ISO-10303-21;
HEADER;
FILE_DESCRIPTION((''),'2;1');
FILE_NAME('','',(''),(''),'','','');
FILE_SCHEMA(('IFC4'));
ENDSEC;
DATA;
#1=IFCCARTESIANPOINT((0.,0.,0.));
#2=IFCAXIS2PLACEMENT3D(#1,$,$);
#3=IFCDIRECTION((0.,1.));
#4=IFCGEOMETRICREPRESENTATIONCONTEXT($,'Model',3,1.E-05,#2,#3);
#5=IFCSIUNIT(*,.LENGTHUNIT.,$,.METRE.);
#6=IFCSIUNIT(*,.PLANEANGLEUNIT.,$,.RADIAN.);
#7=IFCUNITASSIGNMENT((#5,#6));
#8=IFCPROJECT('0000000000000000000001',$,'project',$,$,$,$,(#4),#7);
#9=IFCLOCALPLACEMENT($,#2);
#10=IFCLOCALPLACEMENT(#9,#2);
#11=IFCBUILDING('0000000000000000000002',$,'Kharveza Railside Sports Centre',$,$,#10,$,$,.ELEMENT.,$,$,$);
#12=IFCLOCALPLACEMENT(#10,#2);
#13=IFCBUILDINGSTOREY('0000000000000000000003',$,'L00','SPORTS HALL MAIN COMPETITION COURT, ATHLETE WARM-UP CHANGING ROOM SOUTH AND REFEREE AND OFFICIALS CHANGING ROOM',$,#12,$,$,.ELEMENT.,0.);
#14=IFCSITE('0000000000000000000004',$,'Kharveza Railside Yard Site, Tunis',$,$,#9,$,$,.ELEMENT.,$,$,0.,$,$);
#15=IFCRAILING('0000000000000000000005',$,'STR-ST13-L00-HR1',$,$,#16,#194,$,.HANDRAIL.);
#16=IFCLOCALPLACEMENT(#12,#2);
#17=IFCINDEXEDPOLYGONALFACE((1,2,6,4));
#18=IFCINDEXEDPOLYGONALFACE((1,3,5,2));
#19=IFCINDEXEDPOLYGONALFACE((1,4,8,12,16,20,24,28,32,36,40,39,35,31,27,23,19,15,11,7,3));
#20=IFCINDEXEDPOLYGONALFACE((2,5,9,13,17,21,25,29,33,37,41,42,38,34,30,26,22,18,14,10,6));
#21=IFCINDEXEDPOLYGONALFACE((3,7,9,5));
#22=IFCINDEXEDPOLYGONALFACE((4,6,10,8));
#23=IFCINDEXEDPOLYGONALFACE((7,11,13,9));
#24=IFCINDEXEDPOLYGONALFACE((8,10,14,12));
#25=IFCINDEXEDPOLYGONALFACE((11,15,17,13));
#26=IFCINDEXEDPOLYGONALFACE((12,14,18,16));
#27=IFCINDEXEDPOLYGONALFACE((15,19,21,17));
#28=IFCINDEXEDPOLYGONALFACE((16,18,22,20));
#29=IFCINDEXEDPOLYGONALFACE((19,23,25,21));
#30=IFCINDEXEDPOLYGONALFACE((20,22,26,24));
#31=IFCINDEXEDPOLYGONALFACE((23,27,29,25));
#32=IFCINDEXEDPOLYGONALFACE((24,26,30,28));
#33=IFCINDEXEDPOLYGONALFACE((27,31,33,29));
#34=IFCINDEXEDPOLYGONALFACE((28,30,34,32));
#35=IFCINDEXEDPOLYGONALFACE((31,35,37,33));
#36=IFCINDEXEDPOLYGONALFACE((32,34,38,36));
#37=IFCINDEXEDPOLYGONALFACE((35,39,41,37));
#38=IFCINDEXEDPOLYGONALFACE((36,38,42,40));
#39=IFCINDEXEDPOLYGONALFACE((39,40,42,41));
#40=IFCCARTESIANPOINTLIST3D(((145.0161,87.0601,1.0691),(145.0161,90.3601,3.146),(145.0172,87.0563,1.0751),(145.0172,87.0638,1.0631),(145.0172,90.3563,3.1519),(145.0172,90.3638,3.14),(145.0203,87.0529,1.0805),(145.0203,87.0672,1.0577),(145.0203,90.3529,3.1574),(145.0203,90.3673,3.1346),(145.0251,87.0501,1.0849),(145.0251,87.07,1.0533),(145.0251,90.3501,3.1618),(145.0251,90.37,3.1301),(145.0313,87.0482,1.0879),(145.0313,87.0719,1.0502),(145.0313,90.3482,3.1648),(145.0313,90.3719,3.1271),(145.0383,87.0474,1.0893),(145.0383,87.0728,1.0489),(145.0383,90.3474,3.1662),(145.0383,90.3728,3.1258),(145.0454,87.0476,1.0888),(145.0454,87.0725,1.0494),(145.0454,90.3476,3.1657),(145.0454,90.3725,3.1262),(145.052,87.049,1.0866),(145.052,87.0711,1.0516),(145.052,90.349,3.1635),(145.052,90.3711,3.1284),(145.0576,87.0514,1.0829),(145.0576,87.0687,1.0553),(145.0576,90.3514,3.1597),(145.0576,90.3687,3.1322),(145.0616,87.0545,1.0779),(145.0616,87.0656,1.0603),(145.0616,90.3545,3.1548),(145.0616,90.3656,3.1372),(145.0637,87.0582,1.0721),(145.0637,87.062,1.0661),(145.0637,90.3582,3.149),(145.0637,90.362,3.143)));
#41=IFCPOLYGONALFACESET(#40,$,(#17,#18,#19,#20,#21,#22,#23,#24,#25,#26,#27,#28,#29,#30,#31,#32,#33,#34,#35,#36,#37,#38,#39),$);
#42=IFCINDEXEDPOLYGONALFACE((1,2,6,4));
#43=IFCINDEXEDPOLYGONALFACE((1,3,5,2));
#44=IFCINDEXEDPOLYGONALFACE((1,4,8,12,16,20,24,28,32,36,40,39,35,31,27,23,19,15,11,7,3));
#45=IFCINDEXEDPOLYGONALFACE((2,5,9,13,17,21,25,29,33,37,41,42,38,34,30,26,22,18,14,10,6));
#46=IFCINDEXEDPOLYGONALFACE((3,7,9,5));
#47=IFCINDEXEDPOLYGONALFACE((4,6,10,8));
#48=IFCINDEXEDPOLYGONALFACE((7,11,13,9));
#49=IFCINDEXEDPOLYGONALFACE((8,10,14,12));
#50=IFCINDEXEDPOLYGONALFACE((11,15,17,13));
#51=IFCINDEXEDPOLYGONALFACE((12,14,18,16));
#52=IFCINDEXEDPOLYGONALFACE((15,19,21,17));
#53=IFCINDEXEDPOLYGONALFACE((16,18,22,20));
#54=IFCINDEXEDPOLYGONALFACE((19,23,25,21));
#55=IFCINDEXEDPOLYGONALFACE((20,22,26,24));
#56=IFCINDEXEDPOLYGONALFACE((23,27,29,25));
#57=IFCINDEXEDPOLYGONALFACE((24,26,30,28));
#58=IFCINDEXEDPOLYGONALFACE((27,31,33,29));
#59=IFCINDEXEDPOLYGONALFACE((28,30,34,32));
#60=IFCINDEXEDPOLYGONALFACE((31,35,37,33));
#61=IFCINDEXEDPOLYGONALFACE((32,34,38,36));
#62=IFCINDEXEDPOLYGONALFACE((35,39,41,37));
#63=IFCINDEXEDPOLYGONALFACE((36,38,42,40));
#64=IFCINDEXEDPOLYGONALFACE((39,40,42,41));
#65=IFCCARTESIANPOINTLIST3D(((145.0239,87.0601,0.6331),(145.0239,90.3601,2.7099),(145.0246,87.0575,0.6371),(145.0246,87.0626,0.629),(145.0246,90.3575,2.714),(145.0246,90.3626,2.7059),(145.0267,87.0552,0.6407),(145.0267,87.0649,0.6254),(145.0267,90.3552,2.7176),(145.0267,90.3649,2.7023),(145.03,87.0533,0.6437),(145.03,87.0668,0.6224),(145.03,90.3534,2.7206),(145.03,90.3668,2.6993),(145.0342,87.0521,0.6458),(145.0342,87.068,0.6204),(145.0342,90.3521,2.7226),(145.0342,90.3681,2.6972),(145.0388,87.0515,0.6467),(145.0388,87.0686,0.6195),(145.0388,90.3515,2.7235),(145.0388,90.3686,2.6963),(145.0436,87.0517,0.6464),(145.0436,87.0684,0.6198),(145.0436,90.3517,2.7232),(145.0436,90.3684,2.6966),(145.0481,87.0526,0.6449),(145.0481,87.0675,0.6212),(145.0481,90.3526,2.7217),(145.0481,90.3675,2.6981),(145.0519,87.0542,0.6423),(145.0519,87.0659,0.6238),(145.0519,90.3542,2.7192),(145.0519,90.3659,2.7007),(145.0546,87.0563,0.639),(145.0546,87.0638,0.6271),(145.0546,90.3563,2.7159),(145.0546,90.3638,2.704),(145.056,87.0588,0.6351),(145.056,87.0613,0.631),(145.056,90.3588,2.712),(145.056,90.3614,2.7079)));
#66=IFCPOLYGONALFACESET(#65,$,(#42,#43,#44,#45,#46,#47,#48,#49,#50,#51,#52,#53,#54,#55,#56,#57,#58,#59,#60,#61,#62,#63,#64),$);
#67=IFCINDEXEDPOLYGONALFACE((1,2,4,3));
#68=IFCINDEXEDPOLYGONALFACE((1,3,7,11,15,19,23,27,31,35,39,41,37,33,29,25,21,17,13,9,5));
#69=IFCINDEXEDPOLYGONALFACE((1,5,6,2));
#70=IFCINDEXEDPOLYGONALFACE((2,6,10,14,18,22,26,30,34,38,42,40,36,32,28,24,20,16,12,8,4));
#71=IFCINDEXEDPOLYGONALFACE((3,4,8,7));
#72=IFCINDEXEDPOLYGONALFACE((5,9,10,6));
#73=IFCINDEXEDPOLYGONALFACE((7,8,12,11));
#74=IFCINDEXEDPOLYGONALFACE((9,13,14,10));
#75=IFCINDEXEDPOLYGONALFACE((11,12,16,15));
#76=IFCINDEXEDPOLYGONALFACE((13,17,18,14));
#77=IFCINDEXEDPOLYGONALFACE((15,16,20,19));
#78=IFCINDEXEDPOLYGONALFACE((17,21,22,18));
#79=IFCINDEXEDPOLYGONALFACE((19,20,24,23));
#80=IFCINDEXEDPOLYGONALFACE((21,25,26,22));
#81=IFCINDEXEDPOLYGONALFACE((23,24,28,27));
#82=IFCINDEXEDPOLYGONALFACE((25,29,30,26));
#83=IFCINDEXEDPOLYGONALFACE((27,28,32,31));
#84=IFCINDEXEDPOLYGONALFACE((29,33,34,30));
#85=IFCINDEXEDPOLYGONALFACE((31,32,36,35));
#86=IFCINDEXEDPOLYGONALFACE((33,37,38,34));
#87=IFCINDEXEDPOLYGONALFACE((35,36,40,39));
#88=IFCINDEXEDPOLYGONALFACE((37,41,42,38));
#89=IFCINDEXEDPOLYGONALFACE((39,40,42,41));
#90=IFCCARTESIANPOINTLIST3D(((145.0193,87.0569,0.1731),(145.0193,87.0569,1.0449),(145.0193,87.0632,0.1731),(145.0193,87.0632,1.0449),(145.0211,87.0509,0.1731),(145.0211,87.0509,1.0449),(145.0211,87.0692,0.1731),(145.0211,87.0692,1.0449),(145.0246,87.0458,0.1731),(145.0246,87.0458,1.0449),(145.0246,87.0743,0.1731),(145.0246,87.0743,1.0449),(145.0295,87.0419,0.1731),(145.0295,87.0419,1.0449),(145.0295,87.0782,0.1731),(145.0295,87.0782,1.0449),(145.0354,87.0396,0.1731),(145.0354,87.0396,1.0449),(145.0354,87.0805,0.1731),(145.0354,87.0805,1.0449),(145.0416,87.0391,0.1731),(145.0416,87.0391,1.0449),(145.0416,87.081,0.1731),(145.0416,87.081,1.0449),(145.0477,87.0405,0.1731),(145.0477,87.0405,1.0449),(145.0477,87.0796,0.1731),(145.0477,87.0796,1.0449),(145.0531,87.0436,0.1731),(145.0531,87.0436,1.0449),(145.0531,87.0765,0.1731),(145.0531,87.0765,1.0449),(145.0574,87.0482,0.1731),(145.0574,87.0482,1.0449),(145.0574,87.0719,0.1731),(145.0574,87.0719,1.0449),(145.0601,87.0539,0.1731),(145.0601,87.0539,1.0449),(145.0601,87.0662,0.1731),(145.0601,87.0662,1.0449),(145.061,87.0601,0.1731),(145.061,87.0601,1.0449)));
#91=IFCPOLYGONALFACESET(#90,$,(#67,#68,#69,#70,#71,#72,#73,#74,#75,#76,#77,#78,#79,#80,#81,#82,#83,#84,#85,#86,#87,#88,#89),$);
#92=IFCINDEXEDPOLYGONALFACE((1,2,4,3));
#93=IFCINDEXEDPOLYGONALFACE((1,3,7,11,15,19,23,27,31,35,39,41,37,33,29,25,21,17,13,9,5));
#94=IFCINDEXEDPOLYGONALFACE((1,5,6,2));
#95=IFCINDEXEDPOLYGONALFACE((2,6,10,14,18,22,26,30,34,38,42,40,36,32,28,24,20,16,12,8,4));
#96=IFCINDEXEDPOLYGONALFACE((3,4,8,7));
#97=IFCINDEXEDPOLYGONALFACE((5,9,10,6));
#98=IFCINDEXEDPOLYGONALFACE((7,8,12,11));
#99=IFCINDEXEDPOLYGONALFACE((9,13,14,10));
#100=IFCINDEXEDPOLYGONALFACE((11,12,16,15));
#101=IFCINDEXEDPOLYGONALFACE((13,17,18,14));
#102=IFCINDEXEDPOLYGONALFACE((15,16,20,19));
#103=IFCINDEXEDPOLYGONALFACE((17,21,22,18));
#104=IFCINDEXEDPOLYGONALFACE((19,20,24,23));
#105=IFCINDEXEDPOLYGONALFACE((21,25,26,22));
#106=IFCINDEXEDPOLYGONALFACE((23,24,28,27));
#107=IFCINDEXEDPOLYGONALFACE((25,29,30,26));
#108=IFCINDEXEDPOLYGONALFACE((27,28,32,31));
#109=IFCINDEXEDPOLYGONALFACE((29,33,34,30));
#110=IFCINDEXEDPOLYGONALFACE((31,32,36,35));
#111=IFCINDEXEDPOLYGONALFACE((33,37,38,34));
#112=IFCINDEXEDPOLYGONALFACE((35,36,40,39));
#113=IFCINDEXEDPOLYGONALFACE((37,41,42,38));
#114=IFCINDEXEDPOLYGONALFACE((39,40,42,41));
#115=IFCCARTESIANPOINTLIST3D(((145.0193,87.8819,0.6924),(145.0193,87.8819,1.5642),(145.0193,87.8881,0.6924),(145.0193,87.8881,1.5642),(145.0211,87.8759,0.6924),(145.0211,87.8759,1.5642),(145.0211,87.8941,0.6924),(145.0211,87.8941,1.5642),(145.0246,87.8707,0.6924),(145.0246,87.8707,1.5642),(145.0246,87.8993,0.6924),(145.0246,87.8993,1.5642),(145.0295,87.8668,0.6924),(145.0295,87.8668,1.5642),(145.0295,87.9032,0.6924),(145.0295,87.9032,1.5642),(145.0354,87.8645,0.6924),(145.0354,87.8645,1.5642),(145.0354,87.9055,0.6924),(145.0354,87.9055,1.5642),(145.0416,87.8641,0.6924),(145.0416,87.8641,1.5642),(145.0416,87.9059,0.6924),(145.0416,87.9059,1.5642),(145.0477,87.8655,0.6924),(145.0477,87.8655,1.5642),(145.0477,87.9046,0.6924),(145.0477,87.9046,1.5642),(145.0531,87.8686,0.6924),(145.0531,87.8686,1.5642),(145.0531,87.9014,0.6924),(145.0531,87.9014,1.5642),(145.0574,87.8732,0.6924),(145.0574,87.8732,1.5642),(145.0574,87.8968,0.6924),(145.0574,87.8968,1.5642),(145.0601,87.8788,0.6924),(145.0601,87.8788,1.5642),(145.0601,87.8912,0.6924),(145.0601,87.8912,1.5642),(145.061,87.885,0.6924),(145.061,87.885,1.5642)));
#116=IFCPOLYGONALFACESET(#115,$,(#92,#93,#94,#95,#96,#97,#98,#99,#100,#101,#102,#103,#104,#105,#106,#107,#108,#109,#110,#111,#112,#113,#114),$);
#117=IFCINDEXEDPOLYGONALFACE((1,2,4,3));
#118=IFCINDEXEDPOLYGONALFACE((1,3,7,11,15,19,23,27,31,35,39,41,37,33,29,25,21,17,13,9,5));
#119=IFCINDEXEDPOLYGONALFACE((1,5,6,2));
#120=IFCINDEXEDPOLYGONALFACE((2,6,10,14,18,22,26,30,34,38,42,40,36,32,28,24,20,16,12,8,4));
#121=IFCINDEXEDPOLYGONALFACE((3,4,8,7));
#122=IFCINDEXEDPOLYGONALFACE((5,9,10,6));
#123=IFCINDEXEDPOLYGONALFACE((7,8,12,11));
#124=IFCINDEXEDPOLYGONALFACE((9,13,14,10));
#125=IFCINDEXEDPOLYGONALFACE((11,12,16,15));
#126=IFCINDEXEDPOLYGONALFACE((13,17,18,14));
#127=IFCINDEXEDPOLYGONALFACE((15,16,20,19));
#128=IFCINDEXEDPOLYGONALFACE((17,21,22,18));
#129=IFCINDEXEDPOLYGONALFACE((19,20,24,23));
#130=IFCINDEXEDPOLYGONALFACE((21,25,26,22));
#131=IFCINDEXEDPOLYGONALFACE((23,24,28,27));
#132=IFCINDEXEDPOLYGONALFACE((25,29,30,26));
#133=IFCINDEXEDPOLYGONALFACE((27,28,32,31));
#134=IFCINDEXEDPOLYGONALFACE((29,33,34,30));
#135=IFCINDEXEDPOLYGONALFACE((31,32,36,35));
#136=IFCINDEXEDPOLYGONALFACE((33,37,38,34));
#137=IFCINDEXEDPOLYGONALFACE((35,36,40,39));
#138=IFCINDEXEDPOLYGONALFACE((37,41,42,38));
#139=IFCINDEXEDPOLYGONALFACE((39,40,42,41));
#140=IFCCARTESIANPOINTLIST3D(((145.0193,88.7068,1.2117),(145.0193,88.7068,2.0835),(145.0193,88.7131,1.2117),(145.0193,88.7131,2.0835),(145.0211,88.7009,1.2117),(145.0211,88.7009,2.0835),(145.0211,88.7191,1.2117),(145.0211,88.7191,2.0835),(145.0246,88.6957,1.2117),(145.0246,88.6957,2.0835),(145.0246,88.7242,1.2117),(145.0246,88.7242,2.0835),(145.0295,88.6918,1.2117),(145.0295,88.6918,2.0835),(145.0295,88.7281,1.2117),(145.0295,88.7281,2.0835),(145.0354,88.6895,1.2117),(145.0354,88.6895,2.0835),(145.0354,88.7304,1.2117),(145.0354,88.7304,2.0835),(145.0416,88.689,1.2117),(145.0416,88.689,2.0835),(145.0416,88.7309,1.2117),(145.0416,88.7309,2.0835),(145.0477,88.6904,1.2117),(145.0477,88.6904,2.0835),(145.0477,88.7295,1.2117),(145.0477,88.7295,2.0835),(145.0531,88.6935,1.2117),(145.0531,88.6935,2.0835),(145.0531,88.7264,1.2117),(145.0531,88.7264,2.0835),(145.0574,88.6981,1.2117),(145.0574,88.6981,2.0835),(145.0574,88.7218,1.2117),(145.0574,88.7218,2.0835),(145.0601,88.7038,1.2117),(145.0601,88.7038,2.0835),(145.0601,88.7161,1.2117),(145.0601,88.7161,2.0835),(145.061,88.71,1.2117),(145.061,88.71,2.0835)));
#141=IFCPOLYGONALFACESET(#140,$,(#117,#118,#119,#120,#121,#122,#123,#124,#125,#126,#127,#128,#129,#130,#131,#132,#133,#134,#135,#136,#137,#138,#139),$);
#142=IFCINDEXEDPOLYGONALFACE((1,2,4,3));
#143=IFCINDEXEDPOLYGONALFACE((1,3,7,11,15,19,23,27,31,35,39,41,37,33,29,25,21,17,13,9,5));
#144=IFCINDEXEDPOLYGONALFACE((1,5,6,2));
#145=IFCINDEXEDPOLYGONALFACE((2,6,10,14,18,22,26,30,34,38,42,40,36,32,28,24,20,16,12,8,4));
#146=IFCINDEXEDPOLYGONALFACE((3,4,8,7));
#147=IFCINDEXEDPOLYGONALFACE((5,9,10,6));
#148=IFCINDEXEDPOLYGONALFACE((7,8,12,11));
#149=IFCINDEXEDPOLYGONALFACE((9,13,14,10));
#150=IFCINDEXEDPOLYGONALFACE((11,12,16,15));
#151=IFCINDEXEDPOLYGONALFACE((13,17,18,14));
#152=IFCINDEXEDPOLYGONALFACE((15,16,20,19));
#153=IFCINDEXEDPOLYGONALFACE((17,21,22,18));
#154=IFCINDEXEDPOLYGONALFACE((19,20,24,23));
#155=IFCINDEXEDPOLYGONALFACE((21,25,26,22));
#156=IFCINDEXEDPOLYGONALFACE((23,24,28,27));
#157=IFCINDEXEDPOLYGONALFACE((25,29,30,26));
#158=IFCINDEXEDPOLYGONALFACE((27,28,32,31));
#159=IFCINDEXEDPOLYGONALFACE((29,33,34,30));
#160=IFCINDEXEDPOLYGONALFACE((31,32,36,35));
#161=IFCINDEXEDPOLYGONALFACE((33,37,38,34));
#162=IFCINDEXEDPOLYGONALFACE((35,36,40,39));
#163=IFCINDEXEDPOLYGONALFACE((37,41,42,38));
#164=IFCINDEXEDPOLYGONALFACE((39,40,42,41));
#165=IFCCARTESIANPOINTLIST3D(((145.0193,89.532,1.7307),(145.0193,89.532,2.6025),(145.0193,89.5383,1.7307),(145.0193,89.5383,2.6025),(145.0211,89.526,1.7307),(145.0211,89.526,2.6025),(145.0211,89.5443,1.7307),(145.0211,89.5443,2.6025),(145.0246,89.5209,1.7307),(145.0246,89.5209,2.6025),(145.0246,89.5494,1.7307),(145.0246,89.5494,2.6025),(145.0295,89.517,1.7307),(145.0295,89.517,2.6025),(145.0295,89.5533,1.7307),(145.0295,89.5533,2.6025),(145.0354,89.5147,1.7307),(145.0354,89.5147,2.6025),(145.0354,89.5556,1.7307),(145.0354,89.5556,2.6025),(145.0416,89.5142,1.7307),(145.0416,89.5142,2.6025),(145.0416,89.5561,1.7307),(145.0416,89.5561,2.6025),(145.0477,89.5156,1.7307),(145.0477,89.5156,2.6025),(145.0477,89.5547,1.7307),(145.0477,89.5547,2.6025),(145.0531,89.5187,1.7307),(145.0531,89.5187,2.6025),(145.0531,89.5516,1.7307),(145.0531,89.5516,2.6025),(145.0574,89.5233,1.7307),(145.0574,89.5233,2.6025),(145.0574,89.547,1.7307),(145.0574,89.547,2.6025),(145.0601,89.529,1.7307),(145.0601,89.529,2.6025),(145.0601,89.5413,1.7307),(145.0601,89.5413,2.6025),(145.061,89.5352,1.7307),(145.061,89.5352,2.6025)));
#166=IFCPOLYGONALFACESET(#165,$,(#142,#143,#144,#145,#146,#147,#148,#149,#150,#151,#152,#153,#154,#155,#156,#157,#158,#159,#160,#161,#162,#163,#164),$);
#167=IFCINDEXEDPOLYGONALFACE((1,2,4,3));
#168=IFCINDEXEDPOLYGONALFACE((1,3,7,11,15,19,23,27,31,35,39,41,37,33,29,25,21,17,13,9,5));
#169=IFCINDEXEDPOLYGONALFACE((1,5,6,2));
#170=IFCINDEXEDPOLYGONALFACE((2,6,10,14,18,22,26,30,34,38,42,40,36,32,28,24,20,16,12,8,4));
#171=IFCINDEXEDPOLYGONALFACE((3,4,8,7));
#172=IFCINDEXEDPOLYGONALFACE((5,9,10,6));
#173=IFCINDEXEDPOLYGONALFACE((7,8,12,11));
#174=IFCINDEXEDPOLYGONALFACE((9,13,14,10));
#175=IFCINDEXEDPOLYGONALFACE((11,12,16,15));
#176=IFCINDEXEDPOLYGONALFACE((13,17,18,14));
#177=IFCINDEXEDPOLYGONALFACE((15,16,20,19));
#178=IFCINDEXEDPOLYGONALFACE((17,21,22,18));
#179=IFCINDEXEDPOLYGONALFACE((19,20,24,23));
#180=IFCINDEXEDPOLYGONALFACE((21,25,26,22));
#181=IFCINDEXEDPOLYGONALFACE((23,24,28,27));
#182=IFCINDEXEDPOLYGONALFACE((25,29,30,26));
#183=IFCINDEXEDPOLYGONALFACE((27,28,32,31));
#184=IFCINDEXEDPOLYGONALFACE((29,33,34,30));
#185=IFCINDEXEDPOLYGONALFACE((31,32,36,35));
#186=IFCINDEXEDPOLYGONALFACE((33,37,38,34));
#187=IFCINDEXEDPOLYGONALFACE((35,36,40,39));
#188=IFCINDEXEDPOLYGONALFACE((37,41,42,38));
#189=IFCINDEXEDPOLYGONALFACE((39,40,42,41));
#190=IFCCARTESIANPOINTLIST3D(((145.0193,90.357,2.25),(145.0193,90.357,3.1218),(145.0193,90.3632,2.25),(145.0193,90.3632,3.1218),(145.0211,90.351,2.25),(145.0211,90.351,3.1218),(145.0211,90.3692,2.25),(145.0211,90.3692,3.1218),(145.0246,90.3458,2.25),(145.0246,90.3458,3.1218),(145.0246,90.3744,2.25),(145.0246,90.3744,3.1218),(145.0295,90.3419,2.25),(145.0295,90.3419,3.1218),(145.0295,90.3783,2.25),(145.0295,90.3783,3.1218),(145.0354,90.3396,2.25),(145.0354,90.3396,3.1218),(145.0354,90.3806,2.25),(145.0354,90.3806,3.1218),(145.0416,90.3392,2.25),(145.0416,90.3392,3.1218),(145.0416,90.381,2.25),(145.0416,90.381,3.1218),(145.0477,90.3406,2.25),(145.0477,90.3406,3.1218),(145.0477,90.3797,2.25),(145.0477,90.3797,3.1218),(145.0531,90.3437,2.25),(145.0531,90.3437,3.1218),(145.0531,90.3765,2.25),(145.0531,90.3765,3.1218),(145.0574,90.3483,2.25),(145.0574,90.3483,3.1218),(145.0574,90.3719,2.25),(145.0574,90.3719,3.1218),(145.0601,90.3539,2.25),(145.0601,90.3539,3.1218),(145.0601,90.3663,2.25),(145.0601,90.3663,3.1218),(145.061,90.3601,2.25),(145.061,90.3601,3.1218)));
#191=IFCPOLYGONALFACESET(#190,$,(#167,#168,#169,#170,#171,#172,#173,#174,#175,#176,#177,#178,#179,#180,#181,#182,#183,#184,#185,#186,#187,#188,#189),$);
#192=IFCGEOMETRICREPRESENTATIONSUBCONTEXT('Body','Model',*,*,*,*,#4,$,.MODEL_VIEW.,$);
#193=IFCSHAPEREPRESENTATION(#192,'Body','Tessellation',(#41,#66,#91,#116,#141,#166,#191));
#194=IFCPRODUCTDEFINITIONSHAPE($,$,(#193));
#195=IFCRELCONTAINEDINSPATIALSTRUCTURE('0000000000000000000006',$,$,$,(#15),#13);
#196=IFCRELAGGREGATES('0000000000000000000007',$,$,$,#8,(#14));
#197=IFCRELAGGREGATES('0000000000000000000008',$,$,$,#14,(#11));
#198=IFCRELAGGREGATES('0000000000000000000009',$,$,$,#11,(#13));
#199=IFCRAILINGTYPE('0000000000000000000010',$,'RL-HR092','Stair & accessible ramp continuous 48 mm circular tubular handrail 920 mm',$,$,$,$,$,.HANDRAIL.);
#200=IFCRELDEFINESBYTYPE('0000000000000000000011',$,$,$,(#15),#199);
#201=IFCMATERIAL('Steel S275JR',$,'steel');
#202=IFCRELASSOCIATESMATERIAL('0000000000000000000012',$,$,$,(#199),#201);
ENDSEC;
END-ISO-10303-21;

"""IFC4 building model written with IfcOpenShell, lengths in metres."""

from ifc_helpers import new_model, si_unit, direction, frame, origin, origin_2d, place, context, subcontext, project, spatial, circle, extrude, material, type_object, element, save


model = new_model("IFC4")

# Units and contexts
model_context = context("Model", 3, precision=1e-05, world=origin(), true_north=direction((0.0, 1.0)))
body_context = subcontext(model_context, "Body", "Model", "MODEL_VIEW")
ifc_project = project(units=[si_unit("LENGTHUNIT", "METRE"), si_unit("PLANEANGLEUNIT", "RADIAN")], contexts=[model_context])

# Site, building, storey
site_placement = place(None, origin())
site = spatial("IfcSite", under=ifc_project, at=site_placement, Name="Kharveza Railside Yard Site, Tunis", CompositionType="ELEMENT", RefElevation=0.0)
building_placement = place(site_placement, origin())
building = spatial("IfcBuilding", under=site, at=building_placement, Name="Kharveza Railside Sports Centre", CompositionType="ELEMENT")
storey_placement = place(building_placement, origin())
storey = spatial("IfcBuildingStorey", under=building, at=storey_placement, Name="L00", Description="SPORTS HALL MAIN COMPETITION COURT, ATHLETE WARM-UP CHANGING ROOM SOUTH AND REFEREE AND OFFICIALS CHANGING ROOM", CompositionType="ELEMENT", Elevation=0.0)

# Railing
ifc_material_1 = material(Name="Steel S275JR", Category="steel")
railing_type_1 = type_object("IfcRailingType", Name="RL-HR092", Description="Stair & accessible ramp continuous 48 mm circular tubular handrail 920 mm", PredefinedType="HANDRAIL", material=ifc_material_1)
railing_1_placement = place(storey_placement, frame((145.04, 87.0601, 0.1731)))
element("IfcRailing", 1, at=railing_1_placement, inside=storey, type_object=railing_type_1, Name="STR-ST13-L00-HR1", PredefinedType="HANDRAIL", context=body_context, shape_type="SweptSolid", body=[
    extrude(circle(Radius=0.0239, at=origin_2d()), frame((0.0, 0.0, 0.896), z_axis=(0.0, 0.846337, 0.532647), x_axis=(-1.0, 0.0, 0.0)), (0.0, 0.0, 1.0), 3.8992),
    extrude(circle(Radius=0.0161, at=origin_2d()), frame((0.0, 0.0, 0.46), z_axis=(0.0, 0.846337, 0.532647), x_axis=(-1.0, 0.0, 0.0)), (0.0, 0.0, 1.0), 3.8992),
    extrude(circle(Radius=0.021, at=origin_2d()), origin(), (0.0, 0.0, 1.0), 0.8718),
    extrude(circle(Radius=0.021, at=origin_2d()), frame((0.0, 0.825, 0.5193)), (0.0, 0.0, 1.0), 0.8718),
    extrude(circle(Radius=0.021, at=origin_2d()), frame((0.0, 1.6499, 1.0386)), (0.0, 0.0, 1.0), 0.8718),
    extrude(circle(Radius=0.021, at=origin_2d()), frame((0.0, 2.4751, 1.5576)), (0.0, 0.0, 1.0), 0.8718),
    extrude(circle(Radius=0.021, at=origin_2d()), frame((0.0, 3.3, 2.0769)), (0.0, 0.0, 1.0), 0.8718),
])

save(model, "model.ifc")
